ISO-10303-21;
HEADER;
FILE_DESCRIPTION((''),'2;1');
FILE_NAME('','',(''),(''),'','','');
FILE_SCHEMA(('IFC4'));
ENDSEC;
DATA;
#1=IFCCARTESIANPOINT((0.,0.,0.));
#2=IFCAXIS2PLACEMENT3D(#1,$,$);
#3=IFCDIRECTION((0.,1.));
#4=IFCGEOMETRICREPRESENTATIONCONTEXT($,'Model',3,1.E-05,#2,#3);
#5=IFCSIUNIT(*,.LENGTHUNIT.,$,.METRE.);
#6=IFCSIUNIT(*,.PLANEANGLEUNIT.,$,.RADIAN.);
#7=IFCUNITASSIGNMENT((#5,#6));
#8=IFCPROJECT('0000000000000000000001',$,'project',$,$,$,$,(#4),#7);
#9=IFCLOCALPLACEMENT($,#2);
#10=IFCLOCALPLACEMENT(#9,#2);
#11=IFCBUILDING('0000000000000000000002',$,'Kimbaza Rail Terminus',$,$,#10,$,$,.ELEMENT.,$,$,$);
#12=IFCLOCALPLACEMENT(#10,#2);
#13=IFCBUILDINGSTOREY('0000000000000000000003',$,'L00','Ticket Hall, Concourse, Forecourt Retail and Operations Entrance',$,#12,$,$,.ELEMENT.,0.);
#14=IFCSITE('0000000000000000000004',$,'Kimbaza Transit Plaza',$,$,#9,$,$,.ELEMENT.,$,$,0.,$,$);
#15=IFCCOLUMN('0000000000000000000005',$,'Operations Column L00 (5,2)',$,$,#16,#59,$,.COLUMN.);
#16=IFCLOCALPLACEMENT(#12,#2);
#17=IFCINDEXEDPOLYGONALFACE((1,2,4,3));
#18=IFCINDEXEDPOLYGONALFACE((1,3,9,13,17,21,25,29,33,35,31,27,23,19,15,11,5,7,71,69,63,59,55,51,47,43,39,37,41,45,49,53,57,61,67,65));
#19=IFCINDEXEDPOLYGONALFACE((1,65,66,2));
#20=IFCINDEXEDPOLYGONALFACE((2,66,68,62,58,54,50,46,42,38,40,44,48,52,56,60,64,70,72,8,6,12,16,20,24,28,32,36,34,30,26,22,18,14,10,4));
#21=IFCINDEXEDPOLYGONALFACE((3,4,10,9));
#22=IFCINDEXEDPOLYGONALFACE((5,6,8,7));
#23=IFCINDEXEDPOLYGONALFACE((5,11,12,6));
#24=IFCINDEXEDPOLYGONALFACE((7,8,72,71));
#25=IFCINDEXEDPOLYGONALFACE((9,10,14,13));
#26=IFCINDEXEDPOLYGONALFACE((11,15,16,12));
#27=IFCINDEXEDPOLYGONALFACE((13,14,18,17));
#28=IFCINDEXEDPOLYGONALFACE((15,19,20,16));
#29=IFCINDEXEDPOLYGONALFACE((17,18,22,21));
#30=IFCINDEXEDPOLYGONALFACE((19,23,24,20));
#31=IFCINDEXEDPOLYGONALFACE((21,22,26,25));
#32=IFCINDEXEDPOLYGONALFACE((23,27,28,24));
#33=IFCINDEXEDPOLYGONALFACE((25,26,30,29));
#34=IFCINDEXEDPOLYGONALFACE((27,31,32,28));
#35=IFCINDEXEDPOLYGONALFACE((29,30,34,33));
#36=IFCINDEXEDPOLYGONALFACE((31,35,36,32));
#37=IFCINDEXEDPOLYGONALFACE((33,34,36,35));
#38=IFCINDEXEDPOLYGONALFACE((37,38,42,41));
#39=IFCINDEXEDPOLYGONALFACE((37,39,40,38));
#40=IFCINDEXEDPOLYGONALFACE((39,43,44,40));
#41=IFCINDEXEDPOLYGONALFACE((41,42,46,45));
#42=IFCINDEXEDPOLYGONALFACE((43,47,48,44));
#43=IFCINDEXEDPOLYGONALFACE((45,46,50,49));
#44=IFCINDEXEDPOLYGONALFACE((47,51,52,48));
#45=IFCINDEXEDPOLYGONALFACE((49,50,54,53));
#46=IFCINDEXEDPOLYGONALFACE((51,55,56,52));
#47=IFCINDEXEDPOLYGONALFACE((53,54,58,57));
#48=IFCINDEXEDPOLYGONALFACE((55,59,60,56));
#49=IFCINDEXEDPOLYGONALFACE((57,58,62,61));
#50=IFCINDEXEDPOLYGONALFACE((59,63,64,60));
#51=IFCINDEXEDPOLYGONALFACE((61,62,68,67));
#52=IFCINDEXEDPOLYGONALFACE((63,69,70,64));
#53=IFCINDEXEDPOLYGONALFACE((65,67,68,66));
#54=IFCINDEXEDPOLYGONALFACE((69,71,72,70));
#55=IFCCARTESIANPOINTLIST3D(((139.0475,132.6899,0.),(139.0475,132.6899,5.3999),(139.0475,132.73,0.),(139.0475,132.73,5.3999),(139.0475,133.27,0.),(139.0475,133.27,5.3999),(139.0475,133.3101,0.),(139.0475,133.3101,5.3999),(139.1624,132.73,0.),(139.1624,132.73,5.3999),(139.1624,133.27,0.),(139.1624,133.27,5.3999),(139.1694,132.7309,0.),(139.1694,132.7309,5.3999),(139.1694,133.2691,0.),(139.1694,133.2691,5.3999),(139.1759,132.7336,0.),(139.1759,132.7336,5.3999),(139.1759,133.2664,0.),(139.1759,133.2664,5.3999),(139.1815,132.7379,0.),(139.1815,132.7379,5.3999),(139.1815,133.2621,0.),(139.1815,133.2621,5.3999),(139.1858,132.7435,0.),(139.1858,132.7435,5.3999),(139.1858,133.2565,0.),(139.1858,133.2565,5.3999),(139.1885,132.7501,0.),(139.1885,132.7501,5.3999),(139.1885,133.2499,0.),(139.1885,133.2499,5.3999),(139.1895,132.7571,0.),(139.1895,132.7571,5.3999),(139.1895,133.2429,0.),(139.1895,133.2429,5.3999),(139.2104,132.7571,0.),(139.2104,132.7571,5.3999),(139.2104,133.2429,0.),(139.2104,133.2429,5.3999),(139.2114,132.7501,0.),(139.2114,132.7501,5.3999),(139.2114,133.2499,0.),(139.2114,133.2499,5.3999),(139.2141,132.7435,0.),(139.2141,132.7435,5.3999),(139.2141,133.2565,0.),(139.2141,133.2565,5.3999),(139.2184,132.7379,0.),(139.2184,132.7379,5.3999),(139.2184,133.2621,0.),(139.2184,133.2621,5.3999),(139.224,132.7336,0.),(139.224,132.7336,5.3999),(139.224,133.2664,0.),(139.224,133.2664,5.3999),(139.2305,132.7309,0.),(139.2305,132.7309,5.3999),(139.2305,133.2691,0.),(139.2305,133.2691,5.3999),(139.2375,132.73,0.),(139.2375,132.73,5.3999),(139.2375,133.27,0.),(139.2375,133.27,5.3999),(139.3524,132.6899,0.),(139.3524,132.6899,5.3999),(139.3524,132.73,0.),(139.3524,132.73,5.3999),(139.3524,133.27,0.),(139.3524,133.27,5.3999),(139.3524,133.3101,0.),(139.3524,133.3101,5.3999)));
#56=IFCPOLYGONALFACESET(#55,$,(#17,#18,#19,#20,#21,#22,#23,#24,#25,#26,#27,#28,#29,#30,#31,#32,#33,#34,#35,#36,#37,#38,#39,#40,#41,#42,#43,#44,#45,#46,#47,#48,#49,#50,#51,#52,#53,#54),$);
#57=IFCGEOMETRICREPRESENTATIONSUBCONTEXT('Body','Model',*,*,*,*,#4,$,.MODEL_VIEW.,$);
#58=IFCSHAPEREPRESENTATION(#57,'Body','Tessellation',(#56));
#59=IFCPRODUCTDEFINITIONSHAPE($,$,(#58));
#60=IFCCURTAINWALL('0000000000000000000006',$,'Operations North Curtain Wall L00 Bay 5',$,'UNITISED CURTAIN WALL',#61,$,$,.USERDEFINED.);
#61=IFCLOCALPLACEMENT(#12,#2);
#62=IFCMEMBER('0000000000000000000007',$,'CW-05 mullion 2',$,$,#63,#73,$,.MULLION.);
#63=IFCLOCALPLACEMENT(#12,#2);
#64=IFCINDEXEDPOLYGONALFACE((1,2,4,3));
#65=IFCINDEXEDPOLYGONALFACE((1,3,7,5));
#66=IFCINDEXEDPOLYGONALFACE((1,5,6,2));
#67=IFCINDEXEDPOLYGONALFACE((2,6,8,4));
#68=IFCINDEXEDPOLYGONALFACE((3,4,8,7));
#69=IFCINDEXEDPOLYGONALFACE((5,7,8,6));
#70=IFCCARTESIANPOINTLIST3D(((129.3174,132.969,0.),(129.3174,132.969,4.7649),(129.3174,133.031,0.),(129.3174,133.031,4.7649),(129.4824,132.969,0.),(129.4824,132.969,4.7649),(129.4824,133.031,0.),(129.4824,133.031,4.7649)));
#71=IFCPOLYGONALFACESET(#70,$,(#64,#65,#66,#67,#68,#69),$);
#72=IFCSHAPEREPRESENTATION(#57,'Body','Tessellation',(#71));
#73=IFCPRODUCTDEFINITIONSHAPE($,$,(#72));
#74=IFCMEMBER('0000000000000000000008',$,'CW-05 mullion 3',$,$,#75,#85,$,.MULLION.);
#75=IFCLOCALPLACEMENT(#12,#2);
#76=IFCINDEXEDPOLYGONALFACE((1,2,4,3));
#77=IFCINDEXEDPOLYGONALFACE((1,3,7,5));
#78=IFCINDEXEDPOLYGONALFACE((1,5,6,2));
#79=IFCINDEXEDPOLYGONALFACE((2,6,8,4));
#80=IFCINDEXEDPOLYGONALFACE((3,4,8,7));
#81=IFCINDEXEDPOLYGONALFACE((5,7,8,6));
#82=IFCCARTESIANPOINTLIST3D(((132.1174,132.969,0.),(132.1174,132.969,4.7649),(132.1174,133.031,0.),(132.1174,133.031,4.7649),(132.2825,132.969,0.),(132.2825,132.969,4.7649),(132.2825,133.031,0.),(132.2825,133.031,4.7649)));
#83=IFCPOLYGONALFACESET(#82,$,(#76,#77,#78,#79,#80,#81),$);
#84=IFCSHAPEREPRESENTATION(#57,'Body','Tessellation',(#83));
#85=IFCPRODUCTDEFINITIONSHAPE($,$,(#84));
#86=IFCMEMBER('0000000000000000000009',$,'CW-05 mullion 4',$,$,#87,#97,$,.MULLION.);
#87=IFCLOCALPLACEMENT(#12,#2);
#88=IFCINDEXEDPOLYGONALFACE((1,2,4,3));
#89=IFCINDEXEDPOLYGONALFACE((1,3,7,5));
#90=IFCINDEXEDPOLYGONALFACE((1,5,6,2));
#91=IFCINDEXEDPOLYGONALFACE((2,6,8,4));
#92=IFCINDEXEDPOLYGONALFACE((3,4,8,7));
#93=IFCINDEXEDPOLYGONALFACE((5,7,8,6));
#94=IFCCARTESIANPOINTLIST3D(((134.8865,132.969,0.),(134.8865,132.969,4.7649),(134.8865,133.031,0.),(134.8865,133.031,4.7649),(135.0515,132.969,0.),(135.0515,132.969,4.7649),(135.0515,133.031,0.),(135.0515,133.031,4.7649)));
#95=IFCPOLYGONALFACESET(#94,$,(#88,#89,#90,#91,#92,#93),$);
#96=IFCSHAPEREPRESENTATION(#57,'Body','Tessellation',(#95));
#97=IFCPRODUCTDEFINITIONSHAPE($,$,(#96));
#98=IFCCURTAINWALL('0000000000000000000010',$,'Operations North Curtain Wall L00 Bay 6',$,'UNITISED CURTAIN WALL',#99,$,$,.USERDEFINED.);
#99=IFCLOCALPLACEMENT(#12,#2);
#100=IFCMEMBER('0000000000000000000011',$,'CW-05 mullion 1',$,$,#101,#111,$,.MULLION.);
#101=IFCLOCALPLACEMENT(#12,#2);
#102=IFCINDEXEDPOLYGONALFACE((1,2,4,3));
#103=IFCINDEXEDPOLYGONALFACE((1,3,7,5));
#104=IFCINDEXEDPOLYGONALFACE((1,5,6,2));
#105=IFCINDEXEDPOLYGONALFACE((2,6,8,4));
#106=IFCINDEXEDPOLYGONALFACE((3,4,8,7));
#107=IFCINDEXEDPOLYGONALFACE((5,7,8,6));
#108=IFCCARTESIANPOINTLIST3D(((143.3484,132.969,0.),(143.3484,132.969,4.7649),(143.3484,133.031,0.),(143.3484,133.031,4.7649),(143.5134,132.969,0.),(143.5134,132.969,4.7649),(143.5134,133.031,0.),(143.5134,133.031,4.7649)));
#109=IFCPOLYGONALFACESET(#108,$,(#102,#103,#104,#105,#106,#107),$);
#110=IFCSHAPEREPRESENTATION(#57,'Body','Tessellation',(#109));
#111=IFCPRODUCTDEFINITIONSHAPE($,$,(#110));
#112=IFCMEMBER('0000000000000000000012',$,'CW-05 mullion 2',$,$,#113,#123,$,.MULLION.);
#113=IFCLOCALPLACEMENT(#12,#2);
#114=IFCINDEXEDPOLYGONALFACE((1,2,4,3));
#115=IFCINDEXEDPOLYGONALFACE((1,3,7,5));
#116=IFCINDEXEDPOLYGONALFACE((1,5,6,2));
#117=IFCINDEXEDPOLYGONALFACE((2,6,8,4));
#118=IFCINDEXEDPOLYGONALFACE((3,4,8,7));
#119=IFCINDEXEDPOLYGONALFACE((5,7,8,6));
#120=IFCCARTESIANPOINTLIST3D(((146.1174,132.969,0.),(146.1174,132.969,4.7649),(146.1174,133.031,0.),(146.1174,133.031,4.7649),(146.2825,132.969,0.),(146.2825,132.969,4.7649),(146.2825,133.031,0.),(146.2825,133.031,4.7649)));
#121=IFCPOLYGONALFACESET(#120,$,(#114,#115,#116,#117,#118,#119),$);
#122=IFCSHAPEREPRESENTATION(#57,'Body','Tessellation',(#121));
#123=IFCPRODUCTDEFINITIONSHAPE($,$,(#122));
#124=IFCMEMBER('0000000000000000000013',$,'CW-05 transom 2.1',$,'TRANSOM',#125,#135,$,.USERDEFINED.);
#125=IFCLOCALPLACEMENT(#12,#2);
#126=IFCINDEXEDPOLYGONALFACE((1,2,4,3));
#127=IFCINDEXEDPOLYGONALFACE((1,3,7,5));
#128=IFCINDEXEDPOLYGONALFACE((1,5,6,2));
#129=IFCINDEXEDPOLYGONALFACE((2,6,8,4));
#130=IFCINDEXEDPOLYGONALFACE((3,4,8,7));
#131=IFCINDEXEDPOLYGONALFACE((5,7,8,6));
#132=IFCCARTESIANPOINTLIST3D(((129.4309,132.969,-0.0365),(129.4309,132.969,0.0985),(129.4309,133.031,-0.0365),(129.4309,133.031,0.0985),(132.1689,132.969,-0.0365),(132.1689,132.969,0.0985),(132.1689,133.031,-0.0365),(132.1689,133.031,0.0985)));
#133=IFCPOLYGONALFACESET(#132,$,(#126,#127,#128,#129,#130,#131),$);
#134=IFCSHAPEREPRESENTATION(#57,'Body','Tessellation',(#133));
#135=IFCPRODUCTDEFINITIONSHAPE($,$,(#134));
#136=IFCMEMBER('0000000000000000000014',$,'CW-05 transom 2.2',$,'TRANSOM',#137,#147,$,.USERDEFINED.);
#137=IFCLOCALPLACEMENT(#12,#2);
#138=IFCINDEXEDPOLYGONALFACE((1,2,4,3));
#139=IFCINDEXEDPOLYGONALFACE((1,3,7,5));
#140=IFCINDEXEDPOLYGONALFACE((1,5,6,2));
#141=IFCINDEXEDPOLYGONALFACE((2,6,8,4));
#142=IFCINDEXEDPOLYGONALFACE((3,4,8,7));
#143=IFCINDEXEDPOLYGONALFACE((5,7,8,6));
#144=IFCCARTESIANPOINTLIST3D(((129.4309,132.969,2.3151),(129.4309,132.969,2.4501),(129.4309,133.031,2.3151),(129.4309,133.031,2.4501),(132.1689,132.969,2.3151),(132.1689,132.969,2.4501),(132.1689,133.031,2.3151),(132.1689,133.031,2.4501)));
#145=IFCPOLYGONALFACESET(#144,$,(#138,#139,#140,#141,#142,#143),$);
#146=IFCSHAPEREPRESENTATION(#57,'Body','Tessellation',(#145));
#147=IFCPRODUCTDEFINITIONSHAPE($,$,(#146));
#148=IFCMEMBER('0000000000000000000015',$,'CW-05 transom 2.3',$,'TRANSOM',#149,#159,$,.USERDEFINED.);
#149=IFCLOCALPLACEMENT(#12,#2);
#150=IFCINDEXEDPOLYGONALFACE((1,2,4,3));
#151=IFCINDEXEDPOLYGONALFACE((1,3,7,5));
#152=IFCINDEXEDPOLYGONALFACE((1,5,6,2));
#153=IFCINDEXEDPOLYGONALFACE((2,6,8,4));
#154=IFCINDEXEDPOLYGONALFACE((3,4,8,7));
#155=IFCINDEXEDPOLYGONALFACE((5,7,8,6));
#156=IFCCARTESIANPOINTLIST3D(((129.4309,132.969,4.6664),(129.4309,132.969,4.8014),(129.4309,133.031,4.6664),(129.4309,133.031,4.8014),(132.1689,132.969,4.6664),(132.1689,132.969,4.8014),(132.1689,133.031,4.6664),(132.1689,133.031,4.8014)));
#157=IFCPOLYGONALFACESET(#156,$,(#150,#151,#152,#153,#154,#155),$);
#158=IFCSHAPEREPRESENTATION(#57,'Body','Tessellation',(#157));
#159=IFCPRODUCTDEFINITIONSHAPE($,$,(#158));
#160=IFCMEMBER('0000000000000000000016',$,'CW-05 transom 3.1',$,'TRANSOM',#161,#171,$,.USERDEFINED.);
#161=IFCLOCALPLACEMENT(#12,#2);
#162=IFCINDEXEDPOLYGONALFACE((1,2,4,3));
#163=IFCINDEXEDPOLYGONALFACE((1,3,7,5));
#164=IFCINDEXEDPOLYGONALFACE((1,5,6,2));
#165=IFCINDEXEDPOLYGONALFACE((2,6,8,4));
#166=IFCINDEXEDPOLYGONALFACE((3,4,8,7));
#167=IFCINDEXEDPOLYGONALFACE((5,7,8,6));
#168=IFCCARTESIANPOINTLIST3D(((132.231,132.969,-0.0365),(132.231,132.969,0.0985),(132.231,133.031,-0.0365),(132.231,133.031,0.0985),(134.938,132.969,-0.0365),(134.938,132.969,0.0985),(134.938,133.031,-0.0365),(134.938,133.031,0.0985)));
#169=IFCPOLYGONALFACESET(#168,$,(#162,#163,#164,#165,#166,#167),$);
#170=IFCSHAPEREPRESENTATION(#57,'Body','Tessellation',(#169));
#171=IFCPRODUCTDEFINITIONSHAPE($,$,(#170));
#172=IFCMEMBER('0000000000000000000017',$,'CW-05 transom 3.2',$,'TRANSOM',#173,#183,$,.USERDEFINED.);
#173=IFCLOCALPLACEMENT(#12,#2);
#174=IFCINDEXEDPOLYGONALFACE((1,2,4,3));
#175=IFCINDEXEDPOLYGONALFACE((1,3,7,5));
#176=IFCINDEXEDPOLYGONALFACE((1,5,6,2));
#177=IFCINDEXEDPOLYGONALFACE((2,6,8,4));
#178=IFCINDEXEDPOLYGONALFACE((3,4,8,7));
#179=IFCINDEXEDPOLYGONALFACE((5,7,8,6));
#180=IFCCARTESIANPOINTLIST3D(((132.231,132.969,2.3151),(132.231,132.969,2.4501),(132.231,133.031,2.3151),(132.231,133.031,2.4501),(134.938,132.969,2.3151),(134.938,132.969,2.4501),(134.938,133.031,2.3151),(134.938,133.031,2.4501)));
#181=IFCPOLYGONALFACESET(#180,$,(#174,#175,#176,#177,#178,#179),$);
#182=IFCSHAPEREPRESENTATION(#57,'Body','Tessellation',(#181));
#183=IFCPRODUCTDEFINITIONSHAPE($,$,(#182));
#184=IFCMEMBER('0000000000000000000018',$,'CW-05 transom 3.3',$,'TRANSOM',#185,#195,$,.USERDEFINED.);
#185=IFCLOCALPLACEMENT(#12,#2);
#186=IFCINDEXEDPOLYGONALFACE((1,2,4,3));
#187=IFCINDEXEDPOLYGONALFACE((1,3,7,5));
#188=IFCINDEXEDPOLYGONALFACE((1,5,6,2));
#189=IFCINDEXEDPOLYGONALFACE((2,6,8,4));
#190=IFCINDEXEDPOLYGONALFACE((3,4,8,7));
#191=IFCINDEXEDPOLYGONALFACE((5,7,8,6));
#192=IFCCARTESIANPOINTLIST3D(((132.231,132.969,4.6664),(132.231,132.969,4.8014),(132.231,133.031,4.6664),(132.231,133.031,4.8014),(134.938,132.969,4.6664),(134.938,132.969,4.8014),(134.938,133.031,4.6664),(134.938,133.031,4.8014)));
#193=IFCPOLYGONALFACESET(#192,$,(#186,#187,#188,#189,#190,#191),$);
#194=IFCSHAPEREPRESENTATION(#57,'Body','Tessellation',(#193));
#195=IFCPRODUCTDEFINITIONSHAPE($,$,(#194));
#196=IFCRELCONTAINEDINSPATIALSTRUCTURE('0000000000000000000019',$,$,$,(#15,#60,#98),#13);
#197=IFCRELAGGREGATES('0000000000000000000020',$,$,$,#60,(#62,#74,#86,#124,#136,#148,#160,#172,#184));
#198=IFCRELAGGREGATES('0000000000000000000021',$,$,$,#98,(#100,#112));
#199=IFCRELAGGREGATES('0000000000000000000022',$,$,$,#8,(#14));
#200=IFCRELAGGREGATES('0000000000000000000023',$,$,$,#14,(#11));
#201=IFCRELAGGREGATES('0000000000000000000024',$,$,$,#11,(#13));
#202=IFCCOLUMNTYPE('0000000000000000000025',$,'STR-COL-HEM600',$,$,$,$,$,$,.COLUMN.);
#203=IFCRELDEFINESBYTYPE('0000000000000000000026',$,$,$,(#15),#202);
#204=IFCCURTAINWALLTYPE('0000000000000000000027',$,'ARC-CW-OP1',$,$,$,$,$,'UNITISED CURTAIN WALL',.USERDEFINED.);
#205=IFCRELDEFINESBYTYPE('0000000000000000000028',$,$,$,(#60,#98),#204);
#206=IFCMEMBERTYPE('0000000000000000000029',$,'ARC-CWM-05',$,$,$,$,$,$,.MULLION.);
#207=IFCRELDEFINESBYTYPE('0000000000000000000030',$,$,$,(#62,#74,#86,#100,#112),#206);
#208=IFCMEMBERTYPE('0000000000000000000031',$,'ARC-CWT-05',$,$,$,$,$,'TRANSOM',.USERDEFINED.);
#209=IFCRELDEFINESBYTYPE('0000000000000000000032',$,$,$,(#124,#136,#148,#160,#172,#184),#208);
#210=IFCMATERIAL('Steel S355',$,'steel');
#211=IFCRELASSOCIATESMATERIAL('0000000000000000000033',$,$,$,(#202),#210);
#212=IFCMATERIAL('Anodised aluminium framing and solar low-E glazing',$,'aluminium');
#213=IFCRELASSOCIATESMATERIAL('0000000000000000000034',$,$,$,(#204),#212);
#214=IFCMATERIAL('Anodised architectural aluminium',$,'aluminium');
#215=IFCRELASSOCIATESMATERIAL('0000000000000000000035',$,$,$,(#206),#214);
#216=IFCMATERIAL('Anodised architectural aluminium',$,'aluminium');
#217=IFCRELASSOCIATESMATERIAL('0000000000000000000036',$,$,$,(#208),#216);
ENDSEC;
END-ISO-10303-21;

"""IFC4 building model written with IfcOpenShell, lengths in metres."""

from ifc_helpers import new_model, si_unit, direction, frame, origin, origin_2d, place, context, subcontext, project, spatial, rectangle, i_section, extrude, material, material_profile, profile_set, type_object, element, aggregate, save


model = new_model("IFC4")

# Units and contexts
model_context = context("Model", 3, precision=1e-05, world=origin(), true_north=direction((0.0, 1.0)))
body_context = subcontext(model_context, "Body", "Model", "MODEL_VIEW")
ifc_project = project(units=[si_unit("LENGTHUNIT", "METRE"), si_unit("PLANEANGLEUNIT", "RADIAN")], contexts=[model_context])

# Site, building, storey
site_placement = place(None, origin())
site = spatial("IfcSite", under=ifc_project, at=site_placement, Name="Kimbaza Transit Plaza", CompositionType="ELEMENT", RefElevation=0.0)
building_placement = place(site_placement, origin())
building = spatial("IfcBuilding", under=site, at=building_placement, Name="Kimbaza Rail Terminus", CompositionType="ELEMENT")
storey_placement = place(building_placement, origin())
storey = spatial("IfcBuildingStorey", under=building, at=storey_placement, Name="L00", Description="Ticket Hall, Concourse, Forecourt Retail and Operations Entrance", CompositionType="ELEMENT", Elevation=0.0)

# Column
ifc_material_1 = material(Name="Steel S355", Category="steel")
ifc_material_profile_1 = material_profile(ifc_material_1, i_section(OverallWidth=0.3049, OverallDepth=0.6201, WebThickness=0.021, FlangeThickness=0.04, FilletRadius=0.0271, at=origin_2d()), Name="HEM 600")
ifc_profile_set_1 = profile_set([ifc_material_profile_1], Name="Steel S355")
column_type = type_object("IfcColumnType", Name="STR-COL-HEM600", PredefinedType="COLUMN", material=ifc_profile_set_1)
column_placement = place(storey_placement, frame((139.2, 133.0, 0.0), z_axis=(0.0, 0.0, 1.0), x_axis=(1.0, 0.0, 0.0)))
element("IfcColumn", 1, at=column_placement, inside=storey, type_object=column_type, Name="Operations Column L00 (5,2)", PredefinedType="COLUMN", context=body_context, shape_type="SweptSolid", body=[
    extrude(i_section(OverallWidth=0.3049, OverallDepth=0.6201, WebThickness=0.021, FlangeThickness=0.04, FilletRadius=0.0271, at=origin_2d()), origin(), (0.0, 0.0, 1.0), 5.3999),
])

# Curtain walls, members
ifc_material_2 = material(Name="Anodised aluminium framing and solar low-E glazing", Category="aluminium")
curtain_wall_type = type_object("IfcCurtainWallType", Name="ARC-CW-OP1", ElementType="UNITISED CURTAIN WALL", PredefinedType="USERDEFINED", material=ifc_material_2)
curtain_wall_1_placement = place(storey_placement, origin())
curtain_wall_1 = element("IfcCurtainWall", 2, at=curtain_wall_1_placement, inside=storey, type_object=curtain_wall_type, Name="Operations North Curtain Wall L00 Bay 5", ObjectType="UNITISED CURTAIN WALL", PredefinedType="USERDEFINED")
ifc_material_3 = material(Name="Anodised architectural aluminium", Category="aluminium")
ifc_material_profile_2 = material_profile(ifc_material_3, rectangle(XDim=0.062, YDim=0.165, at=origin_2d()), Name="MULLION 62x165")
ifc_profile_set_2 = profile_set([ifc_material_profile_2], Name="Anodised architectural aluminium")
member_type_1 = type_object("IfcMemberType", Name="ARC-CWM-05", PredefinedType="MULLION", material=ifc_profile_set_2)
member_1_placement = place(storey_placement, frame((129.3999, 133.0, 0.0), z_axis=(0.0, 0.0, 1.0), x_axis=(0.0, 1.0, 0.0)))
member_1 = element("IfcMember", 3, at=member_1_placement, type_object=member_type_1, Name="CW-05 mullion 2", PredefinedType="MULLION", context=body_context, shape_type="SweptSolid", body=[
    extrude(rectangle(XDim=0.062, YDim=0.165, at=origin_2d()), origin(), (0.0, 0.0, 1.0), 4.7649),
])
member_2_placement = place(storey_placement, frame((132.2, 133.0, 0.0), z_axis=(0.0, 0.0, 1.0), x_axis=(0.0, 1.0, 0.0)))
member_2 = element("IfcMember", 4, at=member_2_placement, type_object=member_type_1, Name="CW-05 mullion 3", PredefinedType="MULLION", context=body_context, shape_type="SweptSolid", body=[
    extrude(rectangle(XDim=0.062, YDim=0.165, at=origin_2d()), origin(), (0.0, 0.0, 1.0), 4.7649),
])
member_3_placement = place(storey_placement, frame((134.969, 133.0, 0.0), z_axis=(0.0, 0.0, 1.0), x_axis=(0.0, 1.0, 0.0)))
member_3 = element("IfcMember", 5, at=member_3_placement, type_object=member_type_1, Name="CW-05 mullion 4", PredefinedType="MULLION", context=body_context, shape_type="SweptSolid", body=[
    extrude(rectangle(XDim=0.062, YDim=0.165, at=origin_2d()), origin(), (0.0, 0.0, 1.0), 4.7649),
])
curtain_wall_2_placement = place(storey_placement, origin())
curtain_wall_2 = element("IfcCurtainWall", 6, at=curtain_wall_2_placement, inside=storey, type_object=curtain_wall_type, Name="Operations North Curtain Wall L00 Bay 6", ObjectType="UNITISED CURTAIN WALL", PredefinedType="USERDEFINED")
member_4_placement = place(storey_placement, frame((143.4309, 133.0, 0.0), z_axis=(0.0, 0.0, 1.0), x_axis=(0.0, 1.0, 0.0)))
member_4 = element("IfcMember", 7, at=member_4_placement, type_object=member_type_1, Name="CW-05 mullion 1", PredefinedType="MULLION", context=body_context, shape_type="SweptSolid", body=[
    extrude(rectangle(XDim=0.062, YDim=0.165, at=origin_2d()), origin(), (0.0, 0.0, 1.0), 4.7649),
])
member_5_placement = place(storey_placement, frame((146.2, 133.0, 0.0), z_axis=(0.0, 0.0, 1.0), x_axis=(0.0, 1.0, 0.0)))
member_5 = element("IfcMember", 8, at=member_5_placement, type_object=member_type_1, Name="CW-05 mullion 2", PredefinedType="MULLION", context=body_context, shape_type="SweptSolid", body=[
    extrude(rectangle(XDim=0.062, YDim=0.165, at=origin_2d()), origin(), (0.0, 0.0, 1.0), 4.7649),
])

# Members
ifc_material_4 = material(Name="Anodised architectural aluminium", Category="aluminium")
ifc_material_profile_3 = material_profile(ifc_material_4, rectangle(XDim=0.062, YDim=0.135, at=origin_2d()), Name="TRANSOM 62x135")
ifc_profile_set_3 = profile_set([ifc_material_profile_3], Name="Anodised architectural aluminium")
member_type_2 = type_object("IfcMemberType", Name="ARC-CWT-05", ElementType="TRANSOM", PredefinedType="USERDEFINED", material=ifc_profile_set_3)
member_6_placement = place(storey_placement, frame((129.4309, 133.0, 0.031), z_axis=(1.0, 0.0, 0.0), x_axis=(0.0, 1.0, 0.0)))
member_6 = element("IfcMember", 9, at=member_6_placement, type_object=member_type_2, Name="CW-05 transom 2.1", ObjectType="TRANSOM", PredefinedType="USERDEFINED", context=body_context, shape_type="SweptSolid", body=[
    extrude(rectangle(XDim=0.062, YDim=0.135, at=origin_2d()), origin(), (0.0, 0.0, 1.0), 2.738),
])
member_7_placement = place(storey_placement, frame((129.4309, 133.0, 2.3826), z_axis=(1.0, 0.0, 0.0), x_axis=(0.0, 1.0, 0.0)))
member_7 = element("IfcMember", 10, at=member_7_placement, type_object=member_type_2, Name="CW-05 transom 2.2", ObjectType="TRANSOM", PredefinedType="USERDEFINED", context=body_context, shape_type="SweptSolid", body=[
    extrude(rectangle(XDim=0.062, YDim=0.135, at=origin_2d()), origin(), (0.0, 0.0, 1.0), 2.738),
])
member_8_placement = place(storey_placement, frame((129.4309, 133.0, 4.7339), z_axis=(1.0, 0.0, 0.0), x_axis=(0.0, 1.0, 0.0)))
member_8 = element("IfcMember", 11, at=member_8_placement, type_object=member_type_2, Name="CW-05 transom 2.3", ObjectType="TRANSOM", PredefinedType="USERDEFINED", context=body_context, shape_type="SweptSolid", body=[
    extrude(rectangle(XDim=0.062, YDim=0.135, at=origin_2d()), origin(), (0.0, 0.0, 1.0), 2.738),
])
member_9_placement = place(storey_placement, frame((132.231, 133.0, 0.031), z_axis=(1.0, 0.0, 0.0), x_axis=(0.0, 1.0, 0.0)))
member_9 = element("IfcMember", 12, at=member_9_placement, type_object=member_type_2, Name="CW-05 transom 3.1", ObjectType="TRANSOM", PredefinedType="USERDEFINED", context=body_context, shape_type="SweptSolid", body=[
    extrude(rectangle(XDim=0.062, YDim=0.135, at=origin_2d()), origin(), (0.0, 0.0, 1.0), 2.707),
])
member_10_placement = place(storey_placement, frame((132.231, 133.0, 2.3826), z_axis=(1.0, 0.0, 0.0), x_axis=(0.0, 1.0, 0.0)))
member_10 = element("IfcMember", 13, at=member_10_placement, type_object=member_type_2, Name="CW-05 transom 3.2", ObjectType="TRANSOM", PredefinedType="USERDEFINED", context=body_context, shape_type="SweptSolid", body=[
    extrude(rectangle(XDim=0.062, YDim=0.135, at=origin_2d()), origin(), (0.0, 0.0, 1.0), 2.707),
])
member_11_placement = place(storey_placement, frame((132.231, 133.0, 4.7339), z_axis=(1.0, 0.0, 0.0), x_axis=(0.0, 1.0, 0.0)))
member_11 = element("IfcMember", 14, at=member_11_placement, type_object=member_type_2, Name="CW-05 transom 3.3", ObjectType="TRANSOM", PredefinedType="USERDEFINED", context=body_context, shape_type="SweptSolid", body=[
    extrude(rectangle(XDim=0.062, YDim=0.135, at=origin_2d()), origin(), (0.0, 0.0, 1.0), 2.707),
])

aggregate(curtain_wall_1, [member_1, member_2, member_3, member_6, member_7, member_8, member_9, member_10, member_11])
aggregate(curtain_wall_2, [member_4, member_5])

save(model, "model.ifc")
